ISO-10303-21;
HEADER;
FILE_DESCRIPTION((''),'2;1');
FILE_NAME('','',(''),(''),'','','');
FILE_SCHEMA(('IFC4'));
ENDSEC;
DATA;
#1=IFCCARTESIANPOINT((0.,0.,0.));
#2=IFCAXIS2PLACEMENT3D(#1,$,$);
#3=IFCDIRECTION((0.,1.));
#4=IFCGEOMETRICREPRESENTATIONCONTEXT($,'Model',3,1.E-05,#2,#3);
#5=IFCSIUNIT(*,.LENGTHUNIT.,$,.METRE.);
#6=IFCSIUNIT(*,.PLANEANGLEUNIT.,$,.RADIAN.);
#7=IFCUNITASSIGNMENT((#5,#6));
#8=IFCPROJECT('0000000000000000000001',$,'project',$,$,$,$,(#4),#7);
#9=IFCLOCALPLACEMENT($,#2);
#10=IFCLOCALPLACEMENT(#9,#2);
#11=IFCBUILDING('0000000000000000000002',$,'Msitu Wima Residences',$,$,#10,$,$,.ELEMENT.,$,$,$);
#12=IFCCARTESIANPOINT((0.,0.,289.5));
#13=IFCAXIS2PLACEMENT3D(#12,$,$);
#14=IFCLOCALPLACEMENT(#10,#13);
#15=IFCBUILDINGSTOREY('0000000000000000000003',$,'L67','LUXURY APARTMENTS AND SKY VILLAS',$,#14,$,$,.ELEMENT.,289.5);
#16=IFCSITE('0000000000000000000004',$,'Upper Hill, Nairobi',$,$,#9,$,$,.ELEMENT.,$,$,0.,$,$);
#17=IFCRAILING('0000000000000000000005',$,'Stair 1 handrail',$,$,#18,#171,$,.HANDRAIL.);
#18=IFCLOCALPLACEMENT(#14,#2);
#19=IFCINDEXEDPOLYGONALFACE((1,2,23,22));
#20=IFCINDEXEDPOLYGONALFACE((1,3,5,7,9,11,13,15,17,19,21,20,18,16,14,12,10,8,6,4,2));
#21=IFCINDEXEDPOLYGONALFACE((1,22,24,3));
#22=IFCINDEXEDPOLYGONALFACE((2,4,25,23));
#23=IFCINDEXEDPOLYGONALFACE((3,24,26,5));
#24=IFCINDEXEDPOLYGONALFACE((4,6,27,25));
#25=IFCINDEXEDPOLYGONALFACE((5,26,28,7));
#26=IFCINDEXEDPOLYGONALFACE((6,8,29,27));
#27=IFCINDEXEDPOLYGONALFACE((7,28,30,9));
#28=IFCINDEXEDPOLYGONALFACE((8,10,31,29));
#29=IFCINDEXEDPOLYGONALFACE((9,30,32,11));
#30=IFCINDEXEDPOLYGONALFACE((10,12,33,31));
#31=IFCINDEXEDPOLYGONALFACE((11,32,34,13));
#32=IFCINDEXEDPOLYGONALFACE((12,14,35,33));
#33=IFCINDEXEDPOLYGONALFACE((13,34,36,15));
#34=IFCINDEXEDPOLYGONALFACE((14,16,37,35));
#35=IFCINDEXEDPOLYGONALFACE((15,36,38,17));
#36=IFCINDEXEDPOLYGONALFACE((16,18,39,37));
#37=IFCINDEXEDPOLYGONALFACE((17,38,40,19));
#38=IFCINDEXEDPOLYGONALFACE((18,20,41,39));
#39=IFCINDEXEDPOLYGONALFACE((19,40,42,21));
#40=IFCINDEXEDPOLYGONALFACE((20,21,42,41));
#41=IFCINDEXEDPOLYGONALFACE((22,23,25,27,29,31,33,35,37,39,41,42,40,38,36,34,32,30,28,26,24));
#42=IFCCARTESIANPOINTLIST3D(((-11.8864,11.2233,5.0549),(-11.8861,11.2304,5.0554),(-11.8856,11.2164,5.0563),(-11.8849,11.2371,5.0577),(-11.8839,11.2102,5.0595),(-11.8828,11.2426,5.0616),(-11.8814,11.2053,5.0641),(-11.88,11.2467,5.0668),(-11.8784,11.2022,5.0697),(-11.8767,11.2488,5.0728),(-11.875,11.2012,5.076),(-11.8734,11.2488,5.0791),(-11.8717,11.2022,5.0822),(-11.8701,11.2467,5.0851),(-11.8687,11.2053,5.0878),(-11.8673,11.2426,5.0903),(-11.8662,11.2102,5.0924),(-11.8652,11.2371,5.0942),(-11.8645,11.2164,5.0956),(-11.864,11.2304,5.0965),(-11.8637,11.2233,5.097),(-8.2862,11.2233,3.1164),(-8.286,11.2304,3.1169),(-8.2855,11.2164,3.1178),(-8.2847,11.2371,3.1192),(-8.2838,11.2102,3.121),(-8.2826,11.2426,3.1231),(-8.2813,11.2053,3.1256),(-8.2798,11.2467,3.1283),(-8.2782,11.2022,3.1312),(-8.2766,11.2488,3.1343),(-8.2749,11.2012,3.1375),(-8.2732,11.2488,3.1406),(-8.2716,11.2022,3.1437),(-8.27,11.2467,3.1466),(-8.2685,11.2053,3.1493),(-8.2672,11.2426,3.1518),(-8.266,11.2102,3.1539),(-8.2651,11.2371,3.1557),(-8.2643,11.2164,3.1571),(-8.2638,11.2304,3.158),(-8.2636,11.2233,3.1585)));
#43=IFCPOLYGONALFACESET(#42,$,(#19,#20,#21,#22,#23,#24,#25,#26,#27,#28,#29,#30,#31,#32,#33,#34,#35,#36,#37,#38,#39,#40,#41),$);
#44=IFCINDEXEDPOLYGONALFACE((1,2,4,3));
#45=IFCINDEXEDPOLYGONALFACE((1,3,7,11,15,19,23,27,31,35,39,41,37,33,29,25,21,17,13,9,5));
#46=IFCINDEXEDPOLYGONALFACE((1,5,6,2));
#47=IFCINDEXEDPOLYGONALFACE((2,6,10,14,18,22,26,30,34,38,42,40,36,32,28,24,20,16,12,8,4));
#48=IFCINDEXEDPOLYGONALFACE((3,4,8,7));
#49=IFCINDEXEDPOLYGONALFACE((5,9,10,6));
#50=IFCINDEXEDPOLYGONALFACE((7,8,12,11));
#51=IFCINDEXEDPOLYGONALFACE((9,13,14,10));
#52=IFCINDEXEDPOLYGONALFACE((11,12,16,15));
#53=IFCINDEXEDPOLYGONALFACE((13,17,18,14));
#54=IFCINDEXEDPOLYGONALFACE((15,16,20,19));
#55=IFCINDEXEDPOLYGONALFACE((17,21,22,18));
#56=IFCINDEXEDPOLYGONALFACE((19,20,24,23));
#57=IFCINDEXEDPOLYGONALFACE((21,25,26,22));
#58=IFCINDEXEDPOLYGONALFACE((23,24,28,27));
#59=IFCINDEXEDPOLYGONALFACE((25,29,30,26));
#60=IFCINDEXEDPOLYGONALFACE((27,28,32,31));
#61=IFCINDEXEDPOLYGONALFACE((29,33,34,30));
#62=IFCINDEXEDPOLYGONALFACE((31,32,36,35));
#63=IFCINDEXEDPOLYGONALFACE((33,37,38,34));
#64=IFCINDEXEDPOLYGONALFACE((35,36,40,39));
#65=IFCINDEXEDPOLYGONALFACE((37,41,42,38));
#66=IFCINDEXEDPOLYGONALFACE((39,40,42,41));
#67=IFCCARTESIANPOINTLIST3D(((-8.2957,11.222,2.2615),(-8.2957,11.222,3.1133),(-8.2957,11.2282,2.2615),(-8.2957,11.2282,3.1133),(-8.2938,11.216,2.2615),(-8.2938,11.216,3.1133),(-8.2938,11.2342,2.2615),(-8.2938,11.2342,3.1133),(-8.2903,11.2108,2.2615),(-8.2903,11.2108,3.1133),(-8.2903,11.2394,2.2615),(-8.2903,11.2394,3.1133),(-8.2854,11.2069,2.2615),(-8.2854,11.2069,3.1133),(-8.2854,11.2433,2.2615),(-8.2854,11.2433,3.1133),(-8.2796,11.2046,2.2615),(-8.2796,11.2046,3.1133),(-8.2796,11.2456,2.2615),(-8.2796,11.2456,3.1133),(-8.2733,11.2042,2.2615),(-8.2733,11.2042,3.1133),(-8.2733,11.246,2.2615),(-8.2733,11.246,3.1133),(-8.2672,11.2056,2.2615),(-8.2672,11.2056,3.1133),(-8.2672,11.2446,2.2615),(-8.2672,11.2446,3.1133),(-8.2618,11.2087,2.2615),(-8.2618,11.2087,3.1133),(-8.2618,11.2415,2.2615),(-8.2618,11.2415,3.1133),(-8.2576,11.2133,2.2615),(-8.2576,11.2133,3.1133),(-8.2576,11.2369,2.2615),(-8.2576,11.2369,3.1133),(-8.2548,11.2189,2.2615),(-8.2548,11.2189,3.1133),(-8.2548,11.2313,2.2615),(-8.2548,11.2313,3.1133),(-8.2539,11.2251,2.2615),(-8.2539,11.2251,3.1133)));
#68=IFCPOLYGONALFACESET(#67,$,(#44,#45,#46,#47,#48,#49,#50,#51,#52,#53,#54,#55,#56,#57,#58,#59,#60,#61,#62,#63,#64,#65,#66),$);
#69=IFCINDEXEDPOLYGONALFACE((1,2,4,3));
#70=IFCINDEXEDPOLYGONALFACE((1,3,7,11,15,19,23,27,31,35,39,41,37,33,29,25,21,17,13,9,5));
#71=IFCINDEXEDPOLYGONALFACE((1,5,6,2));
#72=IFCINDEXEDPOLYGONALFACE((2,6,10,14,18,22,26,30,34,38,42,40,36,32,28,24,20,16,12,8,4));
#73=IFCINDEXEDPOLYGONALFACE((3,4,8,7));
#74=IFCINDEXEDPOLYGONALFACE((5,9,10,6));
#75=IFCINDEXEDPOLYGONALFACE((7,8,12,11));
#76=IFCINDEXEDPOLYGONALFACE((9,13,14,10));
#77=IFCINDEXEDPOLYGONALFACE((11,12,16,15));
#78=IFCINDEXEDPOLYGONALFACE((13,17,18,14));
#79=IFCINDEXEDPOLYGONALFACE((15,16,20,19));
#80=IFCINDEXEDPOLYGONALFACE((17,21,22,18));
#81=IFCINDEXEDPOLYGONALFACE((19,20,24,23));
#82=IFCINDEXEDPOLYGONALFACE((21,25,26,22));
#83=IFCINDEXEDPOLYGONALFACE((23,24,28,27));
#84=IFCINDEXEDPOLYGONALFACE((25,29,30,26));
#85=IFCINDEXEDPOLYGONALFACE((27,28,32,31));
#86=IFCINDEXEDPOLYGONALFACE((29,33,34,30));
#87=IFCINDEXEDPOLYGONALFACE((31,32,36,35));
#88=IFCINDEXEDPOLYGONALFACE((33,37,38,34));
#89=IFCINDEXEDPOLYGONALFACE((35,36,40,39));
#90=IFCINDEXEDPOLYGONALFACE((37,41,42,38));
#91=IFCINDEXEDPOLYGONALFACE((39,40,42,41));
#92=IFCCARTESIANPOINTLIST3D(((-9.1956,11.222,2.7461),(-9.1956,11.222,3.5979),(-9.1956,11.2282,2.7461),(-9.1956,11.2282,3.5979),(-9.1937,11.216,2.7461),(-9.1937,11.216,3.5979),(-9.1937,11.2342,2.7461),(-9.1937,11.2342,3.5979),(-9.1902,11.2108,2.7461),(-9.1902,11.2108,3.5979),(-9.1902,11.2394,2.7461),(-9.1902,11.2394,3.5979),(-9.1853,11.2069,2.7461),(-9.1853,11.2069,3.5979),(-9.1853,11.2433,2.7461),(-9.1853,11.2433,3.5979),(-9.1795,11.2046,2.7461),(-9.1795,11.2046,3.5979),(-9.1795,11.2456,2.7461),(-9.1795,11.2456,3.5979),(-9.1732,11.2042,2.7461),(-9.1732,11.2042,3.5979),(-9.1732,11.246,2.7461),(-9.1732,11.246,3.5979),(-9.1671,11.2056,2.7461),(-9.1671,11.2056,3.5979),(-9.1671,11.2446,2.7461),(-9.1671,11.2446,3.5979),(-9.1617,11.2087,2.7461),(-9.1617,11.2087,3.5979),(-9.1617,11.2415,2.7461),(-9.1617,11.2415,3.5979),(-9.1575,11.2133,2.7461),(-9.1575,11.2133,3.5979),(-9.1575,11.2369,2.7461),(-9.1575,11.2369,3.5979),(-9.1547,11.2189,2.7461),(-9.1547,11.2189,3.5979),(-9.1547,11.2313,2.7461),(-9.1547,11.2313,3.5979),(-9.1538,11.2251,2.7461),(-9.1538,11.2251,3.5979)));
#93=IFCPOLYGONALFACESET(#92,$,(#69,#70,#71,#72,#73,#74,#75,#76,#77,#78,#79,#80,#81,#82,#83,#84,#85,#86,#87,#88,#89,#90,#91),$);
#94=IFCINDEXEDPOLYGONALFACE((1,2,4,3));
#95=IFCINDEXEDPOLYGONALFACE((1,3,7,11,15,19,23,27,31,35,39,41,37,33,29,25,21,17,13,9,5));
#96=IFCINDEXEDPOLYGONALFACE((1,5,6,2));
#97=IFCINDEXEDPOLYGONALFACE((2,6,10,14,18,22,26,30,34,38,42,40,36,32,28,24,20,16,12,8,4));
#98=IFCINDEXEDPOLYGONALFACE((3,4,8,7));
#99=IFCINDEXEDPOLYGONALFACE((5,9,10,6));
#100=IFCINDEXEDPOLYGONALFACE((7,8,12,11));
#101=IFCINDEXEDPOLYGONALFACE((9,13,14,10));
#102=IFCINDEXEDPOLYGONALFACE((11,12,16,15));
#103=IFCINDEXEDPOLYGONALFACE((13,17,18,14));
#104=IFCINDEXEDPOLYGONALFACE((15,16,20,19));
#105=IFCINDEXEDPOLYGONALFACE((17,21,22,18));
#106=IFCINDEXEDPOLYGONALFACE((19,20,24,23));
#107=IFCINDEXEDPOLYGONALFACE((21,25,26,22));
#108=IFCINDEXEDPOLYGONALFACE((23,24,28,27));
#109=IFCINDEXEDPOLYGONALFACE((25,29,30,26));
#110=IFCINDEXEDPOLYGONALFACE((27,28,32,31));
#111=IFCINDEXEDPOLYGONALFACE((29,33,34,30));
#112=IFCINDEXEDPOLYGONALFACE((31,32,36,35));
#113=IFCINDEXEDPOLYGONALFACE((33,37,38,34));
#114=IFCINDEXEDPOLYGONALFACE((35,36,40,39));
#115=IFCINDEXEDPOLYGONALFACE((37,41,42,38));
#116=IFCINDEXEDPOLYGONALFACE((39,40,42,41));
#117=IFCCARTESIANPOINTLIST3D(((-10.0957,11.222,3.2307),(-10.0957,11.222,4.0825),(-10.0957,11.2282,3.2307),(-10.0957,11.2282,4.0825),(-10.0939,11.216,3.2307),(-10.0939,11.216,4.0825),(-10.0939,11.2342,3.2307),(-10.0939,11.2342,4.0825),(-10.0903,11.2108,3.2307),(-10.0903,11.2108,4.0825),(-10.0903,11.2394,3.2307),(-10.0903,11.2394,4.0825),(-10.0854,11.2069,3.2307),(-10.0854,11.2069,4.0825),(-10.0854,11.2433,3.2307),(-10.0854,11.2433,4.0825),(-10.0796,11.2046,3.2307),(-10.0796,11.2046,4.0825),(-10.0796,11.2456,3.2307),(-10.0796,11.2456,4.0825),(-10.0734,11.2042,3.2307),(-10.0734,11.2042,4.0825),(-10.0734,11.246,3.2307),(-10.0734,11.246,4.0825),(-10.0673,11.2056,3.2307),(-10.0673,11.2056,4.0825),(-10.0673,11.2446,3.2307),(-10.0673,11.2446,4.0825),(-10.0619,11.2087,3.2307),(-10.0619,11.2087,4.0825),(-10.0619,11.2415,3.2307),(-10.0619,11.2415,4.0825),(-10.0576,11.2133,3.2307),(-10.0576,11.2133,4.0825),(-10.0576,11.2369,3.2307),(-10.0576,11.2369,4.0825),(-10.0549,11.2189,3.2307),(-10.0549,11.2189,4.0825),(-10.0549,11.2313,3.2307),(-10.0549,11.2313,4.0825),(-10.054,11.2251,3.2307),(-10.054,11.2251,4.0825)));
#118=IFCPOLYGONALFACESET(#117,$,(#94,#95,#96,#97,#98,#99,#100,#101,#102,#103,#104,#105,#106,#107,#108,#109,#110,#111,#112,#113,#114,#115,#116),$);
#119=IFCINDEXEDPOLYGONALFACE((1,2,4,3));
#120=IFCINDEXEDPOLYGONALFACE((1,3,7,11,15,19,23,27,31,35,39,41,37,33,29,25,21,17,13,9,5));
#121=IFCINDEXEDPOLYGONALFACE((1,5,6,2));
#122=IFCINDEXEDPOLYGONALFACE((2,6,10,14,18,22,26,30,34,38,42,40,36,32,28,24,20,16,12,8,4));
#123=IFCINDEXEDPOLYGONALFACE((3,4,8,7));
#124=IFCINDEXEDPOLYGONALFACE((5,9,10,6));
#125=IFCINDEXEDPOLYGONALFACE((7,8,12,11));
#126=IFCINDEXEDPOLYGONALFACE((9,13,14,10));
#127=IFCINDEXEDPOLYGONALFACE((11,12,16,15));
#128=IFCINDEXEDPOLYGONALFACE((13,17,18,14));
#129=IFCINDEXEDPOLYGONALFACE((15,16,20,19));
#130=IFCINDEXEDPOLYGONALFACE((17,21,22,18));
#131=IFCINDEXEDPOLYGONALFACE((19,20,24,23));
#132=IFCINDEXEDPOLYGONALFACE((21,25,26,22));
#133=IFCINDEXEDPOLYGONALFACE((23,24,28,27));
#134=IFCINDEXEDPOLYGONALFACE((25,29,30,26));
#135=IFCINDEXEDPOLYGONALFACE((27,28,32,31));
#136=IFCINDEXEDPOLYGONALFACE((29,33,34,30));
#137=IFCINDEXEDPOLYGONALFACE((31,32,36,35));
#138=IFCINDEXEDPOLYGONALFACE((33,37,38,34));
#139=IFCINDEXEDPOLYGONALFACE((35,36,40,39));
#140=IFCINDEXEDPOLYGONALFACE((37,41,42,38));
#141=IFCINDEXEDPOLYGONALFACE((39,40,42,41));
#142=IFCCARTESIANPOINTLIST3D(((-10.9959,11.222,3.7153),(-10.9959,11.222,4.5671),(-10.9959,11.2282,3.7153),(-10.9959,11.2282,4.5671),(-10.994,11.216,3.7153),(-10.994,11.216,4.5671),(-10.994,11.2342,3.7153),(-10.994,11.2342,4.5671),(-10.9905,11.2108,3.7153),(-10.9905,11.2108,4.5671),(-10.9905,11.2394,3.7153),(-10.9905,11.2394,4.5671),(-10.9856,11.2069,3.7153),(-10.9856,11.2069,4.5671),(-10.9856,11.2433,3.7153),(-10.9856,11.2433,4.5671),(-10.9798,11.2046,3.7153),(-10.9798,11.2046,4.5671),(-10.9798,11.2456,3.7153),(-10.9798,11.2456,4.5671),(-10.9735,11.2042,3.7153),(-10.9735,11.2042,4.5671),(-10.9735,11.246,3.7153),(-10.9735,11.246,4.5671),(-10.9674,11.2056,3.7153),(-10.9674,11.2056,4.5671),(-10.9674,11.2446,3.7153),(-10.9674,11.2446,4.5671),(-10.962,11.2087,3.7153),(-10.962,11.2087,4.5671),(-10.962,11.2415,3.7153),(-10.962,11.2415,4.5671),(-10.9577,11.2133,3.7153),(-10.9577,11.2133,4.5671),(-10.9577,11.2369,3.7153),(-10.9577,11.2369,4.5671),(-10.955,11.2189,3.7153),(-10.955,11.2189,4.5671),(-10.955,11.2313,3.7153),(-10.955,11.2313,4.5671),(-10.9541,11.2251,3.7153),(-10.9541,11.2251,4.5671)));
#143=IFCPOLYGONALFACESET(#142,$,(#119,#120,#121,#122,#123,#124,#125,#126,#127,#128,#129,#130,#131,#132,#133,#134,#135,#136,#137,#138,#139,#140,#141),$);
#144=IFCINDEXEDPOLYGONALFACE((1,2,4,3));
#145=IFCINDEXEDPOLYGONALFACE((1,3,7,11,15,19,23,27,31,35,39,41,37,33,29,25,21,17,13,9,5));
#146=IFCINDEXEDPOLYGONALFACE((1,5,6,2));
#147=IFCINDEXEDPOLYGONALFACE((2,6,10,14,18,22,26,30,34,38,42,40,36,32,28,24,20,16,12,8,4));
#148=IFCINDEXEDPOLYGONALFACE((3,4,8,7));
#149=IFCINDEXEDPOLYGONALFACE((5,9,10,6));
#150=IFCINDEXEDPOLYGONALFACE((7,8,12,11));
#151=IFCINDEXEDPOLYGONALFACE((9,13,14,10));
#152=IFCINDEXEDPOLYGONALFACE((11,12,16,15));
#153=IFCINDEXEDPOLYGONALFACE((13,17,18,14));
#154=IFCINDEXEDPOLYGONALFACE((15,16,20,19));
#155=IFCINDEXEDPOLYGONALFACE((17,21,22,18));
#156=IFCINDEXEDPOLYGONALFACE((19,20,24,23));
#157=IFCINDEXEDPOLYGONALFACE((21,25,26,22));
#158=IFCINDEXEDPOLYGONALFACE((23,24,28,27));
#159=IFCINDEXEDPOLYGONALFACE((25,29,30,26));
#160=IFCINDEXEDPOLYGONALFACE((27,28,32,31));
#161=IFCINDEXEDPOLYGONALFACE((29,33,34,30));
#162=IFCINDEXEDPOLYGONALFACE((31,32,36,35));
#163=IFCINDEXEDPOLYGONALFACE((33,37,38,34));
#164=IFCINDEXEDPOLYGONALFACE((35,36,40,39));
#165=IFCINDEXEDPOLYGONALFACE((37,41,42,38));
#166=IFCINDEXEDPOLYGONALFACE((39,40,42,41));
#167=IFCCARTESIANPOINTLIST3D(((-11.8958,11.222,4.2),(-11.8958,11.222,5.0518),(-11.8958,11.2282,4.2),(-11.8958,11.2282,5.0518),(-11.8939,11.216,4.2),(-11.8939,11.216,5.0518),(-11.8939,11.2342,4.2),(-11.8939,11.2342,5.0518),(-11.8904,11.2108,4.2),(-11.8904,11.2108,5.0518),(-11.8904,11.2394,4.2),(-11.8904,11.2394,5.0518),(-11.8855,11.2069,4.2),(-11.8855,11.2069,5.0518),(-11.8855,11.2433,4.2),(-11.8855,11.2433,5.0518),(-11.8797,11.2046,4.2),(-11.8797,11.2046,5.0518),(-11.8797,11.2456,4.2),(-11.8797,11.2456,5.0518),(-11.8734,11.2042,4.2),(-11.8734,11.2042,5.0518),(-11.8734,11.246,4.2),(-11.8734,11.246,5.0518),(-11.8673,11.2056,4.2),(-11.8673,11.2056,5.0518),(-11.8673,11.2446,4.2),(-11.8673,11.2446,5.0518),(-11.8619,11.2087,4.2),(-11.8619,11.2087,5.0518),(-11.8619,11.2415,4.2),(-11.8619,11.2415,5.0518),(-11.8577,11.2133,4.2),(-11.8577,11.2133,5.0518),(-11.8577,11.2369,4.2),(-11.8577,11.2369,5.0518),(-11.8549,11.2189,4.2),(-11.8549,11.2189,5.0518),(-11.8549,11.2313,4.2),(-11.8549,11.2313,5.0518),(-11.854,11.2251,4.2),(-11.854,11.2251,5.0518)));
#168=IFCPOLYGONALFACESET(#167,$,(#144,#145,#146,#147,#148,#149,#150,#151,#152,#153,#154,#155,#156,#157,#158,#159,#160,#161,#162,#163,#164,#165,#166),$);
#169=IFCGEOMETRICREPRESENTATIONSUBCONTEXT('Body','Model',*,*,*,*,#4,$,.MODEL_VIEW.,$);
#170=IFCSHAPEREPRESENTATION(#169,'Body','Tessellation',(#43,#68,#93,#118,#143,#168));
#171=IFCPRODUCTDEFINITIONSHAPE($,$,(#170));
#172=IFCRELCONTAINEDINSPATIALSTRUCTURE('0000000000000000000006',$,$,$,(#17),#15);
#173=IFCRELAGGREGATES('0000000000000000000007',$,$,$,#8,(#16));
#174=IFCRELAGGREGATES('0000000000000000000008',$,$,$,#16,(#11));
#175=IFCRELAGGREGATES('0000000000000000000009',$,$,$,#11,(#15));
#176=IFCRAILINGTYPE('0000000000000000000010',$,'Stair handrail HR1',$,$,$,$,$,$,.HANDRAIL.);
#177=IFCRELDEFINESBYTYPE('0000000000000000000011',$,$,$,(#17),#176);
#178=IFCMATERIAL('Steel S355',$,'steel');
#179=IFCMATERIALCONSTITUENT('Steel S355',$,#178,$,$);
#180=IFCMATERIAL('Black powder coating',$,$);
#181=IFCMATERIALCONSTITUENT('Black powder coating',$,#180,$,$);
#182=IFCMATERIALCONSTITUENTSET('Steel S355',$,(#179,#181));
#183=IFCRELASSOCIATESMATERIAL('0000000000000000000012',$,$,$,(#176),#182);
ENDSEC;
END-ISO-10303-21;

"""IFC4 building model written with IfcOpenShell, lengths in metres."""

from ifc_helpers import new_model, si_unit, direction, frame, origin, origin_2d, place, context, subcontext, project, spatial, circle, extrude, material, constituent, constituent_set, type_object, element, save


model = new_model("IFC4")

# Units and contexts
model_context = context("Model", 3, precision=1e-05, world=origin(), true_north=direction((0.0, 1.0)))
body_context = subcontext(model_context, "Body", "Model", "MODEL_VIEW")
ifc_project = project(units=[si_unit("LENGTHUNIT", "METRE"), si_unit("PLANEANGLEUNIT", "RADIAN")], contexts=[model_context])

# Site, building, storey
site_placement = place(None, origin())
site = spatial("IfcSite", under=ifc_project, at=site_placement, Name="Upper Hill, Nairobi", CompositionType="ELEMENT", RefElevation=0.0)
building_placement = place(site_placement, origin())
building = spatial("IfcBuilding", under=site, at=building_placement, Name="Msitu Wima Residences", CompositionType="ELEMENT")
storey_placement = place(building_placement, frame((0.0, 0.0, 289.5)))
storey = spatial("IfcBuildingStorey", under=building, at=storey_placement, Name="L67", Description="LUXURY APARTMENTS AND SKY VILLAS", CompositionType="ELEMENT", Elevation=289.5)

# Railing
ifc_material_1 = material(Name="Steel S355", Category="steel")
ifc_constituent_1 = constituent(ifc_material_1, Name="Steel S355")
ifc_material_2 = material(Name="Black powder coating")
ifc_constituent_2 = constituent(ifc_material_2, Name="Black powder coating")
ifc_constituent_set = constituent_set(constituents=[ifc_constituent_1, ifc_constituent_2], Name="Steel S355")
railing_type = type_object("IfcRailingType", Name="Stair handrail HR1", PredefinedType="HANDRAIL", material=ifc_constituent_set)
for number, where, name in (
    (1, (-8.2749, 11.2251, 2.2615), "Stair 1 handrail"),
):
    element("IfcRailing", number, at=place(storey_placement, frame(where)), inside=storey, type_object=railing_type, Name=name, PredefinedType="HANDRAIL", context=body_context, shape_type="SweptSolid", body=[
        extrude(circle(Radius=0.0239, at=origin_2d()), frame((0.0, 0.0, 0.876), z_axis=(-0.880475, 0.0, 0.474093), x_axis=(0.0, -1.0, 0.0)), (0.0, 0.0, 1.0), 4.0889),
        extrude(circle(Radius=0.021, at=origin_2d()), origin(), (0.0, 0.0, 1.0), 0.8518),
        extrude(circle(Radius=0.021, at=origin_2d()), frame((-0.8999, 0.0, 0.4846)), (0.0, 0.0, 1.0), 0.8518),
        extrude(circle(Radius=0.021, at=origin_2d()), frame((-1.8, 0.0, 0.9692)), (0.0, 0.0, 1.0), 0.8518),
        extrude(circle(Radius=0.021, at=origin_2d()), frame((-2.7002, 0.0, 1.4539)), (0.0, 0.0, 1.0), 0.8518),
        extrude(circle(Radius=0.021, at=origin_2d()), frame((-3.6001, 0.0, 1.9385)), (0.0, 0.0, 1.0), 0.8518),
    ])

save(model, "model.ifc")
